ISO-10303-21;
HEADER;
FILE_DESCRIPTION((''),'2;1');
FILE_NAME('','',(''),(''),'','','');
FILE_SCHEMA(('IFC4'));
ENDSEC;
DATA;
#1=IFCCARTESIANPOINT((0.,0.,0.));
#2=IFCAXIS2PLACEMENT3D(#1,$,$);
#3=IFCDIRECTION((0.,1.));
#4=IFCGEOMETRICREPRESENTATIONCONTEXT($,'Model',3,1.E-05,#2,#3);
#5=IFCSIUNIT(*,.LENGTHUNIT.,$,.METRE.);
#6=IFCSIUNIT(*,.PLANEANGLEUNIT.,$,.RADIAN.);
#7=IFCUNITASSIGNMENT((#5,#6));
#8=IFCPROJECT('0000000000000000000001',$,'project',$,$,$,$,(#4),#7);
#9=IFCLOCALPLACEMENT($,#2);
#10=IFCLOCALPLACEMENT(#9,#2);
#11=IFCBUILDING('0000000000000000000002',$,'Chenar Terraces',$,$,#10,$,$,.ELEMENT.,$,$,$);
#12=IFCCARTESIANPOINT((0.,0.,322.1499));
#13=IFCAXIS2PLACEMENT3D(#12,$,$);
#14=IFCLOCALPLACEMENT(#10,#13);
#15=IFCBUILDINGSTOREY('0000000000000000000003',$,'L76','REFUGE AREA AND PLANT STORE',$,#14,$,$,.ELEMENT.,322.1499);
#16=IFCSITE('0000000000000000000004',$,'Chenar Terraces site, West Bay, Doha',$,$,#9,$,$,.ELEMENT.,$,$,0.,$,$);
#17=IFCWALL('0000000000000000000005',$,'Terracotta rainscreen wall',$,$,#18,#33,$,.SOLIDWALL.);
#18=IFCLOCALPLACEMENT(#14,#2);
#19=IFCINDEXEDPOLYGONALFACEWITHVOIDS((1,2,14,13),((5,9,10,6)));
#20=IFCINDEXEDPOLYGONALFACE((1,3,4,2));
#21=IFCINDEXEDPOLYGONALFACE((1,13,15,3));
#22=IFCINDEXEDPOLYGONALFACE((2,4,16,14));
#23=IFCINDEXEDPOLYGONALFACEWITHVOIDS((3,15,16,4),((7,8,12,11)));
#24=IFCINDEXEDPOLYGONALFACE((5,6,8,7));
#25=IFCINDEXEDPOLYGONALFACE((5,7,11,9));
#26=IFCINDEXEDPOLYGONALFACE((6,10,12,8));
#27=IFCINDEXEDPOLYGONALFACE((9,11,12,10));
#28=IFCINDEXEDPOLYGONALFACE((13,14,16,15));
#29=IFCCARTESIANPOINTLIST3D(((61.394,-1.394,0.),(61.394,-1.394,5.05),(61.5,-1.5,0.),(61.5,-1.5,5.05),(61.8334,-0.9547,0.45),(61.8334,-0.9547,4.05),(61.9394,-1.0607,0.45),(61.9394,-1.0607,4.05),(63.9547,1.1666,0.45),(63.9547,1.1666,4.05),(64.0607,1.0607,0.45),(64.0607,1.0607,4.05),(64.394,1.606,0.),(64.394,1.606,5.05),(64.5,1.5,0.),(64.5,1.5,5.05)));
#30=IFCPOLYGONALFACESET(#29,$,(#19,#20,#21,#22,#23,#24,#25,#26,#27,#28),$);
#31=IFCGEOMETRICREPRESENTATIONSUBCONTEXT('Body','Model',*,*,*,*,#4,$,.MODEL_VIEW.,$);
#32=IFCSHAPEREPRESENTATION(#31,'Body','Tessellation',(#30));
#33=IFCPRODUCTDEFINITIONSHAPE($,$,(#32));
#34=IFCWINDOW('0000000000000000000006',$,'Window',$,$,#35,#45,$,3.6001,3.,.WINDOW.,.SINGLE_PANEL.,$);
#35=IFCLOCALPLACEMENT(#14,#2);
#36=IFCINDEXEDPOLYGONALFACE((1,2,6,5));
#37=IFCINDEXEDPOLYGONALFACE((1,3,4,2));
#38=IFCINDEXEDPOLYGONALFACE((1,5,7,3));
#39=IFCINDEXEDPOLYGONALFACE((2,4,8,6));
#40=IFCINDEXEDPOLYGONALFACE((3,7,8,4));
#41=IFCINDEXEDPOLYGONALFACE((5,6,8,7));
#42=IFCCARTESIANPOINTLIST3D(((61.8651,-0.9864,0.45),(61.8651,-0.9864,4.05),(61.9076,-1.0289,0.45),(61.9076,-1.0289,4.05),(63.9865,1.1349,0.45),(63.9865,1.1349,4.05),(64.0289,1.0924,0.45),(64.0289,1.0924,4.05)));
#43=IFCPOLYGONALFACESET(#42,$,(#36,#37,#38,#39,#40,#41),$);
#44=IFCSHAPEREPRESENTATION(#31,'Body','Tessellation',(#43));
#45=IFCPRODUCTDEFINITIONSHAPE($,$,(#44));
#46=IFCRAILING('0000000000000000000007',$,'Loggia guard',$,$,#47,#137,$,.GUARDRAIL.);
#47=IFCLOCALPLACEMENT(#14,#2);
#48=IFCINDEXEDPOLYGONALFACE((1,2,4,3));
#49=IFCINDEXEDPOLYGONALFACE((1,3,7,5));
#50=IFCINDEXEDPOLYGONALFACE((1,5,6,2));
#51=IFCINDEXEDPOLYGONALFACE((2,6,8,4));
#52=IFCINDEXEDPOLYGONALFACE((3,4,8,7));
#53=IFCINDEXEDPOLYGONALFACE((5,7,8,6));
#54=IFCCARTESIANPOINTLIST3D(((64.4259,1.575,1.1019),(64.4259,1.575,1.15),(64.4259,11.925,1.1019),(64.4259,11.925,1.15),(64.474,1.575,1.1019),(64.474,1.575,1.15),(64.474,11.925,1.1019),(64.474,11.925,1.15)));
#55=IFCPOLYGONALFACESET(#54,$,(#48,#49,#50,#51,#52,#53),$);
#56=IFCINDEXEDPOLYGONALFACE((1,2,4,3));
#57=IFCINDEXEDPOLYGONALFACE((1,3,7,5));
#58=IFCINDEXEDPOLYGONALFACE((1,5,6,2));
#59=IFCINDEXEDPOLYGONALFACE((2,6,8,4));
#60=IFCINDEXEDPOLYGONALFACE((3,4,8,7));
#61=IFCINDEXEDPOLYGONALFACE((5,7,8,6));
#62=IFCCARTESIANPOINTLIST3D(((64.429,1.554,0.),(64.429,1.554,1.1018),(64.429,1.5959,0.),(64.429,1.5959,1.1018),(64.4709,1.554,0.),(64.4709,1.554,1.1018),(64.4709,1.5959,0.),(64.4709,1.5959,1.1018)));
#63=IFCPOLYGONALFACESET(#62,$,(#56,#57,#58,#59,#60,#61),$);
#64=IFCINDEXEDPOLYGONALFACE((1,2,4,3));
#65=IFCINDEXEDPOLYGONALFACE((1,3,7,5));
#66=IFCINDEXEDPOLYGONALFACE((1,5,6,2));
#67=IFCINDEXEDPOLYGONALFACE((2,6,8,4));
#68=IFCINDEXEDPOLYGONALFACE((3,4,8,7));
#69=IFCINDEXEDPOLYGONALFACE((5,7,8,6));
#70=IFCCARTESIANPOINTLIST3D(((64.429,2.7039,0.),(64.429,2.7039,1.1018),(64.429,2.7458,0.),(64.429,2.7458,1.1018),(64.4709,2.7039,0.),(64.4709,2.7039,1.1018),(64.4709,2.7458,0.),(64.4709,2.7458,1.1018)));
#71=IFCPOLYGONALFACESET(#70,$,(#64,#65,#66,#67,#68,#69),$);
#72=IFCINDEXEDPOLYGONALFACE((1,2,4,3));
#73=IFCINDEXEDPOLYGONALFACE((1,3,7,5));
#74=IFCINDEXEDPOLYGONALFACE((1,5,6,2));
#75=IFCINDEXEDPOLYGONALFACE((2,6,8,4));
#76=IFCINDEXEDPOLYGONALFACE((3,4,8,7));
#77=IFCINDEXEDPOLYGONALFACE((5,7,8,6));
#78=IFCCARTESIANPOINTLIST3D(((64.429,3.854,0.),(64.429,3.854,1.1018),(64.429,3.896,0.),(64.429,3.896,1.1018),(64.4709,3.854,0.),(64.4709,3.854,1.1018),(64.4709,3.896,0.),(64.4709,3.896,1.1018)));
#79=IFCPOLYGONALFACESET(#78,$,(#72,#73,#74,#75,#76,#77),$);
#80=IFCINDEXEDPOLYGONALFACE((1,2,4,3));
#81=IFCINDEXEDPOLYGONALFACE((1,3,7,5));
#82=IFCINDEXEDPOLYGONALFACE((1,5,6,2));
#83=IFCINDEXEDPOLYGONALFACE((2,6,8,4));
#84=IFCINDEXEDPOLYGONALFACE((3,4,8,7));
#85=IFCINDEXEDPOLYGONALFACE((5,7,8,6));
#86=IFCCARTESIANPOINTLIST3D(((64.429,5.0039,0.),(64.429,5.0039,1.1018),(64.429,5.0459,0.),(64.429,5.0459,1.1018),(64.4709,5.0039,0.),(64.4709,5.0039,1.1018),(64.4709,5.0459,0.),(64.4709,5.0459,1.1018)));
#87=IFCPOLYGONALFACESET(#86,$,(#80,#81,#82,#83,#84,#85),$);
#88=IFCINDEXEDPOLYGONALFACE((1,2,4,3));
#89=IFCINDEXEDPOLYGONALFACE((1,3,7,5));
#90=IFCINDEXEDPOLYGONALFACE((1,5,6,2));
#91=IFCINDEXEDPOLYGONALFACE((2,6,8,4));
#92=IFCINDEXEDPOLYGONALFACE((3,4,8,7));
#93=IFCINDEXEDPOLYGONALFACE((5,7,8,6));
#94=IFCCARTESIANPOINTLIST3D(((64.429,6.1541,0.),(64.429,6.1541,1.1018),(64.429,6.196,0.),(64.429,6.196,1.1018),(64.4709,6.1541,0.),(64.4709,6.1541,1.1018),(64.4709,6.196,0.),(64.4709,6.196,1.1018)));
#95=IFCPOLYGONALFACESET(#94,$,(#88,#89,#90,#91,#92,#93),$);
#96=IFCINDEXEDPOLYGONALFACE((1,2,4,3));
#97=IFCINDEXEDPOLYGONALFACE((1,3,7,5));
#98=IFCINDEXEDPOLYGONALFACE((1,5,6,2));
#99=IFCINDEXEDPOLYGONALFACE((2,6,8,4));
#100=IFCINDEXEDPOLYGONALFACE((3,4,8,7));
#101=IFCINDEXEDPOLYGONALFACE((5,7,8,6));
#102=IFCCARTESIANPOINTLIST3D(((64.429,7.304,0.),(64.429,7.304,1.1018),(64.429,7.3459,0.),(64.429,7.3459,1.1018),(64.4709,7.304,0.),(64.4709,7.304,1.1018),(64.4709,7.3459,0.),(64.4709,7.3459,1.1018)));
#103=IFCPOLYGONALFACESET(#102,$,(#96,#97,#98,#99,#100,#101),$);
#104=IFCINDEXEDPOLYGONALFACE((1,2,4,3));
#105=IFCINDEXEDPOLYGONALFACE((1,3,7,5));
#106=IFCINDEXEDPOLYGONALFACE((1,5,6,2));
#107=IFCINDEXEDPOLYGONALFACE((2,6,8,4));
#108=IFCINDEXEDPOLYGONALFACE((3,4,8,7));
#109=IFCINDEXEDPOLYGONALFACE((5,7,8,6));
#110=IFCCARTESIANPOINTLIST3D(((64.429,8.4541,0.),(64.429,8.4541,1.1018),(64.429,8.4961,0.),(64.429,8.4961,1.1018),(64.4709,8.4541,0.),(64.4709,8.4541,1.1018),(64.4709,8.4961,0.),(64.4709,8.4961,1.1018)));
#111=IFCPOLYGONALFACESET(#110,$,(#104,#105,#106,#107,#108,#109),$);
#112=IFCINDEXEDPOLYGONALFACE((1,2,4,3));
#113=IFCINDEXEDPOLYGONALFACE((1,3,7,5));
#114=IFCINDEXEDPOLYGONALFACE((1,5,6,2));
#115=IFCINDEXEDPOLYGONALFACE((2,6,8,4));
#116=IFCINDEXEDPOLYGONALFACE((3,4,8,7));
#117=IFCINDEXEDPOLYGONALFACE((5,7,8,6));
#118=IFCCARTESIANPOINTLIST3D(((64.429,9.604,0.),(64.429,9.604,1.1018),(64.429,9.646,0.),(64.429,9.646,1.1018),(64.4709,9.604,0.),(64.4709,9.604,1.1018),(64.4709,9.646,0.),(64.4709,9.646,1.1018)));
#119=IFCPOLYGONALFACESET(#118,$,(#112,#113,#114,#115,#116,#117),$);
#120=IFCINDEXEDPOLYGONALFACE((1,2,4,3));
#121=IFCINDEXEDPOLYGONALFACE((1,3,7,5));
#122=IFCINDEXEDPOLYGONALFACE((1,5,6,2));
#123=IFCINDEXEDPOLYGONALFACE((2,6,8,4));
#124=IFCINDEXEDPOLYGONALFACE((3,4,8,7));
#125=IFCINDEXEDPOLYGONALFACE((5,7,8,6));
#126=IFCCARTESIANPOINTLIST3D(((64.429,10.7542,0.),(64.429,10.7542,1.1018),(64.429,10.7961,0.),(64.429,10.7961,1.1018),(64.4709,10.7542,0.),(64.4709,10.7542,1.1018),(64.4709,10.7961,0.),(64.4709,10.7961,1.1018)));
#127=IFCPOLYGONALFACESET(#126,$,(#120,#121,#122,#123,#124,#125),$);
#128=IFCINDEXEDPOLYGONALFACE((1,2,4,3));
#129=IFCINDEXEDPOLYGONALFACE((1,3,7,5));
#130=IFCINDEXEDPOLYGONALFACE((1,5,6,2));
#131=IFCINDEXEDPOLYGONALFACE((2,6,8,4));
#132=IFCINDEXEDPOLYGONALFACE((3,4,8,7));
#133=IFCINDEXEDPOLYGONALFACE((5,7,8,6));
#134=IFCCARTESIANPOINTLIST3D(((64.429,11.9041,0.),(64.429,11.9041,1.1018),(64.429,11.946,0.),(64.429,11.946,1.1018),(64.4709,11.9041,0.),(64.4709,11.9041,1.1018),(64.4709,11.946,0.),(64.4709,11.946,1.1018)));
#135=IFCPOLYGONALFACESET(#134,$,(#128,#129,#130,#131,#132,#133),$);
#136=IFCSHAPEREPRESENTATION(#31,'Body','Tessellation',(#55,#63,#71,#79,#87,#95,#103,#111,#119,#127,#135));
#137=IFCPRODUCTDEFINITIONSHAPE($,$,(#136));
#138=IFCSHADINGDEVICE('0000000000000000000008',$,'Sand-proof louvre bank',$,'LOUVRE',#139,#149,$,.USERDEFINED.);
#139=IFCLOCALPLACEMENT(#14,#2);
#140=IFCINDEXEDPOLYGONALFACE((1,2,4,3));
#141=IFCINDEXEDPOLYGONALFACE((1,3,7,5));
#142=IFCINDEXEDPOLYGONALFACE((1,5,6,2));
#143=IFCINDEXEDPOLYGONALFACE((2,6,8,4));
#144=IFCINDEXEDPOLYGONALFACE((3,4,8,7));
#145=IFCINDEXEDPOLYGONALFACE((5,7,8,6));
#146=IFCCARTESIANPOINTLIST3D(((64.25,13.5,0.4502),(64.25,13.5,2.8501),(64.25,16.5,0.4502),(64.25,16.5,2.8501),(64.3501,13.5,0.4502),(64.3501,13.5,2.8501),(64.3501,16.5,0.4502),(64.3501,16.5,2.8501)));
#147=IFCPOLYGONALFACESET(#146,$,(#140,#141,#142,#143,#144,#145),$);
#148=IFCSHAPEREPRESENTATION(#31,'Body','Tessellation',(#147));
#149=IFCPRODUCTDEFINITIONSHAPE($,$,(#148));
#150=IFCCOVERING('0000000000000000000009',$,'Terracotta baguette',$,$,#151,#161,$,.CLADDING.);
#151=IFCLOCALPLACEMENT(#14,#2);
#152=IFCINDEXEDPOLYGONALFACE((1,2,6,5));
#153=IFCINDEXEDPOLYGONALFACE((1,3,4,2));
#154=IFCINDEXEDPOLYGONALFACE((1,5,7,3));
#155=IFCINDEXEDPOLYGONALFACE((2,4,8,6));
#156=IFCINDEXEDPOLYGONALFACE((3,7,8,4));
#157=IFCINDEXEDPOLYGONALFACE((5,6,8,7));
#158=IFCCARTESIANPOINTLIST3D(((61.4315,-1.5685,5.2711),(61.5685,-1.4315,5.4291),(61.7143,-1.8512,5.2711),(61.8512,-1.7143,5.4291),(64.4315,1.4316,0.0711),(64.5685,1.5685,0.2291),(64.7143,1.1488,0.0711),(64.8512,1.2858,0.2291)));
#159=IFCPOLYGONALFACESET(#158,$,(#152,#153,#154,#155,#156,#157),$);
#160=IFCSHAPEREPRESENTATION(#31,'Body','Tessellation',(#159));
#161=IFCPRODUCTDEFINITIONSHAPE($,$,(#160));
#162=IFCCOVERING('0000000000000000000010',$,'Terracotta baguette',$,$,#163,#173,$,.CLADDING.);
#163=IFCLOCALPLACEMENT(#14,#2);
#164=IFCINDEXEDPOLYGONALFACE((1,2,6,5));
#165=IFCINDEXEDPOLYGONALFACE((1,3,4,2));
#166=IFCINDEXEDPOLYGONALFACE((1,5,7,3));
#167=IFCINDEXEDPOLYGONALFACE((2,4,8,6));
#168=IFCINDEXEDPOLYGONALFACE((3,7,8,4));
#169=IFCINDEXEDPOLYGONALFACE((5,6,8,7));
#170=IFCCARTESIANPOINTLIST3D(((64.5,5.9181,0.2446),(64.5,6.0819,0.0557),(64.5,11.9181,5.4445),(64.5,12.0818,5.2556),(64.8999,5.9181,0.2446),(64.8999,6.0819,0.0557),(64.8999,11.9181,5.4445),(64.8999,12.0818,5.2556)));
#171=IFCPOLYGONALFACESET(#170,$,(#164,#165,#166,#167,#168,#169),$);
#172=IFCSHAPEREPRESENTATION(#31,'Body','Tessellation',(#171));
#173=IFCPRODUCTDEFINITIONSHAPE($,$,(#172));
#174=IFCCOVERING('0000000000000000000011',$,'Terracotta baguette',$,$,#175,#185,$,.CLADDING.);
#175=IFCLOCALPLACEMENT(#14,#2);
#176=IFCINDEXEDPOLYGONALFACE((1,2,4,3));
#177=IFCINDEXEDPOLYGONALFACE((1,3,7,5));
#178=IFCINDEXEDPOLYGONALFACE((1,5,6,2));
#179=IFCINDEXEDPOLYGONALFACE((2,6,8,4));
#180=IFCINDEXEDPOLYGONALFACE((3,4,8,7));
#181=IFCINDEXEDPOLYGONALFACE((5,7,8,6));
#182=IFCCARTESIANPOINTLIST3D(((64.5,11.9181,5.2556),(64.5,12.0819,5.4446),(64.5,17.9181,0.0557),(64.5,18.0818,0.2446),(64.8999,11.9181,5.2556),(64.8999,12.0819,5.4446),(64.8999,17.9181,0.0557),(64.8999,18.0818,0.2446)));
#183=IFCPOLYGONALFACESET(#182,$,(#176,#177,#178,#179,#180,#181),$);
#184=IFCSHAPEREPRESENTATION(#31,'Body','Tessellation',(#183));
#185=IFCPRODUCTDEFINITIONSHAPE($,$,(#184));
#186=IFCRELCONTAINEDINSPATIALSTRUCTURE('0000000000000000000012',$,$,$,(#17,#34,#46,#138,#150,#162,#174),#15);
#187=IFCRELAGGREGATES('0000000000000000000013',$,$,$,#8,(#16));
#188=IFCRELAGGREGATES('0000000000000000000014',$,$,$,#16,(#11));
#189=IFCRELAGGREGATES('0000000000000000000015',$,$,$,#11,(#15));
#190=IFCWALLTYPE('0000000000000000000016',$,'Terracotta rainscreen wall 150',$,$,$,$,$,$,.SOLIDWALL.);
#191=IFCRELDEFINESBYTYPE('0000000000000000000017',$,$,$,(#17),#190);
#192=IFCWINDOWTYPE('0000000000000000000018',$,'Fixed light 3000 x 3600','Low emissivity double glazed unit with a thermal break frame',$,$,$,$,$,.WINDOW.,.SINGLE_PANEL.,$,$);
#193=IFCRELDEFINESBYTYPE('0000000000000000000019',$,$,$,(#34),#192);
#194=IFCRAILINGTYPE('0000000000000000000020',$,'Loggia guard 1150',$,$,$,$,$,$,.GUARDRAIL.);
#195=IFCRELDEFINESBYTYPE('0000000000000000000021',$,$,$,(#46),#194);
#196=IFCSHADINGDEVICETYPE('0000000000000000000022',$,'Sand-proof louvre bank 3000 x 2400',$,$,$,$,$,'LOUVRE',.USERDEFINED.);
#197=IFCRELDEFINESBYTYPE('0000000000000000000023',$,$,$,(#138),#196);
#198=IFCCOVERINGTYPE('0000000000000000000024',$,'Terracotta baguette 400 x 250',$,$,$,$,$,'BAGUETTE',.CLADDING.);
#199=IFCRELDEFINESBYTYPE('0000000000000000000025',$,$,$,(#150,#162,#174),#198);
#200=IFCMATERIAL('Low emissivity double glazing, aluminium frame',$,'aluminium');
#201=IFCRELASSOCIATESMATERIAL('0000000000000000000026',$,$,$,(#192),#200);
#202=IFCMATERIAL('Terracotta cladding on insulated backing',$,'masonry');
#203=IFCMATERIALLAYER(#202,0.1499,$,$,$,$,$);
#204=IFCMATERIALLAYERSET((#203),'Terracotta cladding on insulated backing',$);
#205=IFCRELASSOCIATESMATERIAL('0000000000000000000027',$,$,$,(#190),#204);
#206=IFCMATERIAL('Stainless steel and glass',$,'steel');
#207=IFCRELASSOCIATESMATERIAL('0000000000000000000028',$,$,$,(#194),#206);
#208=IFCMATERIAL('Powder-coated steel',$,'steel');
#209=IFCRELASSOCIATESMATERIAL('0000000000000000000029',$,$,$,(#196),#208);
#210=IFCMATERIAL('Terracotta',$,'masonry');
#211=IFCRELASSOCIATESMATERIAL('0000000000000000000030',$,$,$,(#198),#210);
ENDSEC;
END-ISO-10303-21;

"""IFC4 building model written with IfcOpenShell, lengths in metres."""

from ifc_helpers import new_model, si_unit, direction, frame, frame_2d, origin, origin_2d, place, context, subcontext, project, spatial, rectangle, extrude, material, layer, layer_set, material_profile, profile_set, type_object, element, fill, save


model = new_model("IFC4")

# Units and contexts
model_context = context("Model", 3, precision=1e-05, world=origin(), true_north=direction((0.0, 1.0)))
body_context = subcontext(model_context, "Body", "Model", "MODEL_VIEW")
ifc_project = project(units=[si_unit("LENGTHUNIT", "METRE"), si_unit("PLANEANGLEUNIT", "RADIAN")], contexts=[model_context])

# Site, building, storey
site_placement = place(None, origin())
site = spatial("IfcSite", under=ifc_project, at=site_placement, Name="Chenar Terraces site, West Bay, Doha", CompositionType="ELEMENT", RefElevation=0.0)
building_placement = place(site_placement, origin())
building = spatial("IfcBuilding", under=site, at=building_placement, Name="Chenar Terraces", CompositionType="ELEMENT")
storey_placement = place(building_placement, frame((0.0, 0.0, 322.1499)))
storey = spatial("IfcBuildingStorey", under=building, at=storey_placement, Name="L76", Description="REFUGE AREA AND PLANT STORE", CompositionType="ELEMENT", Elevation=322.1499)

# Shared definitions
ifc_material_1 = material(Name="Low emissivity double glazing, aluminium frame", Category="aluminium")
window_type = type_object("IfcWindowType", Name="Fixed light 3000 x 3600", Description="Low emissivity double glazed unit with a thermal break frame", PartitioningType="SINGLE_PANEL", PredefinedType="WINDOW", material=ifc_material_1)

# Wall, opening, window
ifc_material_2 = material(Name="Terracotta cladding on insulated backing", Category="masonry")
ifc_layer_1 = layer(ifc_material_2, 0.1499)
ifc_layer_set_1 = layer_set([ifc_layer_1], Name="Terracotta cladding on insulated backing")
wall_type_1 = type_object("IfcWallType", Name="Terracotta rainscreen wall 150", PredefinedType="SOLIDWALL", material=ifc_layer_set_1)
wall_1_placement = place(storey_placement, frame((61.447, -1.447, 0.0), z_axis=(0.0, 0.0, 1.0), x_axis=(0.707107, 0.707107, 0.0)))
wall_1 = element("IfcWall", 1, at=wall_1_placement, inside=storey, type_object=wall_type_1, Name="Terracotta rainscreen wall", PredefinedType="SOLIDWALL", context=body_context, shape_type="SweptSolid", body=[
    extrude(rectangle(XDim=4.2427, YDim=0.1499, at=frame_2d((2.1213, 0.0))), origin(), (0.0, 0.0, 1.0), 5.05),
])
opening_1_placement = place(wall_1_placement, frame((0.6213, 0.0, 0.45)))
opening_1 = element("IfcOpeningElement", 2, at=opening_1_placement, cuts=wall_1, PredefinedType="OPENING", context=body_context, shape_type="SweptSolid", body=[
    extrude(rectangle(XDim=3.0, YDim=3.6001, at=frame_2d((1.5, 1.8))), frame((0.0, 0.085, 0.0), z_axis=(0.0, -1.0, 0.0), x_axis=(1.0, 0.0, 0.0)), (0.0, 0.0, 1.0), 0.1699),
])
window_1_placement = place(opening_1_placement, origin())
window_1 = element("IfcWindow", 3, at=window_1_placement, inside=storey, type_object=window_type, Name="Window", OverallHeight=3.6001, OverallWidth=3.0, PartitioningType="SINGLE_PANEL", PredefinedType="WINDOW", context=body_context, shape_type="SweptSolid", body=[
    extrude(rectangle(XDim=3.0, YDim=3.6001, at=frame_2d((1.5, 1.8))), frame((0.0, 0.03, 0.0), z_axis=(0.0, -1.0, 0.0), x_axis=(1.0, 0.0, 0.0)), (0.0, 0.0, 1.0), 0.0601),
])
fill(opening_1, window_1)

# Railing
ifc_material_3 = material(Name="Stainless steel and glass", Category="steel")
railing_type = type_object("IfcRailingType", Name="Loggia guard 1150", PredefinedType="GUARDRAIL", material=ifc_material_3)
railing_placement = place(storey_placement, frame((64.45, 1.575, 0.0)))
element("IfcRailing", 4, at=railing_placement, inside=storey, type_object=railing_type, Name="Loggia guard", PredefinedType="GUARDRAIL", context=body_context, shape_type="SweptSolid", body=[
    extrude(rectangle(XDim=0.0481, YDim=0.0481, at=origin_2d()), frame((0.0, 0.0, 1.126), z_axis=(0.0, 1.0, 0.0), x_axis=(-1.0, 0.0, 0.0)), (0.0, 0.0, 1.0), 10.3501),
    extrude(rectangle(XDim=0.042, YDim=0.042, at=origin_2d()), origin(), (0.0, 0.0, 1.0), 1.1018),
    extrude(rectangle(XDim=0.042, YDim=0.042, at=origin_2d()), frame((0.0, 1.1499, 0.0)), (0.0, 0.0, 1.0), 1.1018),
    extrude(rectangle(XDim=0.042, YDim=0.042, at=origin_2d()), frame((0.0, 2.3, 0.0)), (0.0, 0.0, 1.0), 1.1018),
    extrude(rectangle(XDim=0.042, YDim=0.042, at=origin_2d()), frame((0.0, 3.45, 0.0)), (0.0, 0.0, 1.0), 1.1018),
    extrude(rectangle(XDim=0.042, YDim=0.042, at=origin_2d()), frame((0.0, 4.6001, 0.0)), (0.0, 0.0, 1.0), 1.1018),
    extrude(rectangle(XDim=0.042, YDim=0.042, at=origin_2d()), frame((0.0, 5.75, 0.0)), (0.0, 0.0, 1.0), 1.1018),
    extrude(rectangle(XDim=0.042, YDim=0.042, at=origin_2d()), frame((0.0, 6.9001, 0.0)), (0.0, 0.0, 1.0), 1.1018),
    extrude(rectangle(XDim=0.042, YDim=0.042, at=origin_2d()), frame((0.0, 8.05, 0.0)), (0.0, 0.0, 1.0), 1.1018),
    extrude(rectangle(XDim=0.042, YDim=0.042, at=origin_2d()), frame((0.0, 9.2002, 0.0)), (0.0, 0.0, 1.0), 1.1018),
    extrude(rectangle(XDim=0.042, YDim=0.042, at=origin_2d()), frame((0.0, 10.3501, 0.0)), (0.0, 0.0, 1.0), 1.1018),
])

# Shading device
ifc_material_4 = material(Name="Powder-coated steel", Category="steel")
shading_device_type = type_object("IfcShadingDeviceType", Name="Sand-proof louvre bank 3000 x 2400", ElementType="LOUVRE", PredefinedType="USERDEFINED", material=ifc_material_4)
shading_device_placement = place(storey_placement, frame((64.3, 15.0, 0.4502), z_axis=(0.0, 0.0, 1.0), x_axis=(0.0, 1.0, 0.0)))
element("IfcShadingDevice", 5, at=shading_device_placement, inside=storey, type_object=shading_device_type, Name="Sand-proof louvre bank", ObjectType="LOUVRE", PredefinedType="USERDEFINED", context=body_context, shape_type="SweptSolid", body=[
    extrude(rectangle(XDim=3.0, YDim=0.1001, at=origin_2d()), origin(), (0.0, 0.0, 1.0), 2.3999),
])

# Coverings
ifc_material_5 = material(Name="Terracotta", Category="masonry")
ifc_material_profile_1 = material_profile(ifc_material_5, rectangle(XDim=0.3999, YDim=0.25, at=origin_2d()), Name="Terracotta baguette 400 x 250")
ifc_profile_set_1 = profile_set([ifc_material_profile_1], Name="Terracotta")
covering_type = type_object("IfcCoveringType", Name="Terracotta baguette 400 x 250", ElementType="BAGUETTE", PredefinedType="CLADDING", material=ifc_profile_set_1)
covering_placement = place(storey_placement, frame((61.6414, -1.6414, 5.3501), z_axis=(0.447017, 0.447017, -0.774823), x_axis=(-0.707107, 0.707107, 0.0)))
element("IfcCovering", 6, at=covering_placement, inside=storey, type_object=covering_type, Name="Terracotta baguette", PredefinedType="CLADDING", context=body_context, shape_type="SweptSolid", body=[
    extrude(rectangle(XDim=0.3999, YDim=0.25, at=origin_2d()), origin(), (0.0, 0.0, 1.0), 6.7112),
])
for number, where, z_axis, x_axis, name in (
    (7, (64.7, 6.0, 0.1501), (0.0, 0.755692, 0.654927), (-1.0, 0.0, 0.0), "Terracotta baguette"),
    (8, (64.7, 12.0, 5.3501), (0.0, 0.755692, -0.654927), (-1.0, 0.0, 0.0), "Terracotta baguette"),
):
    element("IfcCovering", number, at=place(storey_placement, frame(where, z_axis=z_axis, x_axis=x_axis)), inside=storey, type_object=covering_type, Name=name, PredefinedType="CLADDING", context=body_context, shape_type="SweptSolid", body=[
        extrude(rectangle(XDim=0.3999, YDim=0.25, at=origin_2d()), origin(), (0.0, 0.0, 1.0), 7.9397),
    ])

save(model, "model.ifc")
